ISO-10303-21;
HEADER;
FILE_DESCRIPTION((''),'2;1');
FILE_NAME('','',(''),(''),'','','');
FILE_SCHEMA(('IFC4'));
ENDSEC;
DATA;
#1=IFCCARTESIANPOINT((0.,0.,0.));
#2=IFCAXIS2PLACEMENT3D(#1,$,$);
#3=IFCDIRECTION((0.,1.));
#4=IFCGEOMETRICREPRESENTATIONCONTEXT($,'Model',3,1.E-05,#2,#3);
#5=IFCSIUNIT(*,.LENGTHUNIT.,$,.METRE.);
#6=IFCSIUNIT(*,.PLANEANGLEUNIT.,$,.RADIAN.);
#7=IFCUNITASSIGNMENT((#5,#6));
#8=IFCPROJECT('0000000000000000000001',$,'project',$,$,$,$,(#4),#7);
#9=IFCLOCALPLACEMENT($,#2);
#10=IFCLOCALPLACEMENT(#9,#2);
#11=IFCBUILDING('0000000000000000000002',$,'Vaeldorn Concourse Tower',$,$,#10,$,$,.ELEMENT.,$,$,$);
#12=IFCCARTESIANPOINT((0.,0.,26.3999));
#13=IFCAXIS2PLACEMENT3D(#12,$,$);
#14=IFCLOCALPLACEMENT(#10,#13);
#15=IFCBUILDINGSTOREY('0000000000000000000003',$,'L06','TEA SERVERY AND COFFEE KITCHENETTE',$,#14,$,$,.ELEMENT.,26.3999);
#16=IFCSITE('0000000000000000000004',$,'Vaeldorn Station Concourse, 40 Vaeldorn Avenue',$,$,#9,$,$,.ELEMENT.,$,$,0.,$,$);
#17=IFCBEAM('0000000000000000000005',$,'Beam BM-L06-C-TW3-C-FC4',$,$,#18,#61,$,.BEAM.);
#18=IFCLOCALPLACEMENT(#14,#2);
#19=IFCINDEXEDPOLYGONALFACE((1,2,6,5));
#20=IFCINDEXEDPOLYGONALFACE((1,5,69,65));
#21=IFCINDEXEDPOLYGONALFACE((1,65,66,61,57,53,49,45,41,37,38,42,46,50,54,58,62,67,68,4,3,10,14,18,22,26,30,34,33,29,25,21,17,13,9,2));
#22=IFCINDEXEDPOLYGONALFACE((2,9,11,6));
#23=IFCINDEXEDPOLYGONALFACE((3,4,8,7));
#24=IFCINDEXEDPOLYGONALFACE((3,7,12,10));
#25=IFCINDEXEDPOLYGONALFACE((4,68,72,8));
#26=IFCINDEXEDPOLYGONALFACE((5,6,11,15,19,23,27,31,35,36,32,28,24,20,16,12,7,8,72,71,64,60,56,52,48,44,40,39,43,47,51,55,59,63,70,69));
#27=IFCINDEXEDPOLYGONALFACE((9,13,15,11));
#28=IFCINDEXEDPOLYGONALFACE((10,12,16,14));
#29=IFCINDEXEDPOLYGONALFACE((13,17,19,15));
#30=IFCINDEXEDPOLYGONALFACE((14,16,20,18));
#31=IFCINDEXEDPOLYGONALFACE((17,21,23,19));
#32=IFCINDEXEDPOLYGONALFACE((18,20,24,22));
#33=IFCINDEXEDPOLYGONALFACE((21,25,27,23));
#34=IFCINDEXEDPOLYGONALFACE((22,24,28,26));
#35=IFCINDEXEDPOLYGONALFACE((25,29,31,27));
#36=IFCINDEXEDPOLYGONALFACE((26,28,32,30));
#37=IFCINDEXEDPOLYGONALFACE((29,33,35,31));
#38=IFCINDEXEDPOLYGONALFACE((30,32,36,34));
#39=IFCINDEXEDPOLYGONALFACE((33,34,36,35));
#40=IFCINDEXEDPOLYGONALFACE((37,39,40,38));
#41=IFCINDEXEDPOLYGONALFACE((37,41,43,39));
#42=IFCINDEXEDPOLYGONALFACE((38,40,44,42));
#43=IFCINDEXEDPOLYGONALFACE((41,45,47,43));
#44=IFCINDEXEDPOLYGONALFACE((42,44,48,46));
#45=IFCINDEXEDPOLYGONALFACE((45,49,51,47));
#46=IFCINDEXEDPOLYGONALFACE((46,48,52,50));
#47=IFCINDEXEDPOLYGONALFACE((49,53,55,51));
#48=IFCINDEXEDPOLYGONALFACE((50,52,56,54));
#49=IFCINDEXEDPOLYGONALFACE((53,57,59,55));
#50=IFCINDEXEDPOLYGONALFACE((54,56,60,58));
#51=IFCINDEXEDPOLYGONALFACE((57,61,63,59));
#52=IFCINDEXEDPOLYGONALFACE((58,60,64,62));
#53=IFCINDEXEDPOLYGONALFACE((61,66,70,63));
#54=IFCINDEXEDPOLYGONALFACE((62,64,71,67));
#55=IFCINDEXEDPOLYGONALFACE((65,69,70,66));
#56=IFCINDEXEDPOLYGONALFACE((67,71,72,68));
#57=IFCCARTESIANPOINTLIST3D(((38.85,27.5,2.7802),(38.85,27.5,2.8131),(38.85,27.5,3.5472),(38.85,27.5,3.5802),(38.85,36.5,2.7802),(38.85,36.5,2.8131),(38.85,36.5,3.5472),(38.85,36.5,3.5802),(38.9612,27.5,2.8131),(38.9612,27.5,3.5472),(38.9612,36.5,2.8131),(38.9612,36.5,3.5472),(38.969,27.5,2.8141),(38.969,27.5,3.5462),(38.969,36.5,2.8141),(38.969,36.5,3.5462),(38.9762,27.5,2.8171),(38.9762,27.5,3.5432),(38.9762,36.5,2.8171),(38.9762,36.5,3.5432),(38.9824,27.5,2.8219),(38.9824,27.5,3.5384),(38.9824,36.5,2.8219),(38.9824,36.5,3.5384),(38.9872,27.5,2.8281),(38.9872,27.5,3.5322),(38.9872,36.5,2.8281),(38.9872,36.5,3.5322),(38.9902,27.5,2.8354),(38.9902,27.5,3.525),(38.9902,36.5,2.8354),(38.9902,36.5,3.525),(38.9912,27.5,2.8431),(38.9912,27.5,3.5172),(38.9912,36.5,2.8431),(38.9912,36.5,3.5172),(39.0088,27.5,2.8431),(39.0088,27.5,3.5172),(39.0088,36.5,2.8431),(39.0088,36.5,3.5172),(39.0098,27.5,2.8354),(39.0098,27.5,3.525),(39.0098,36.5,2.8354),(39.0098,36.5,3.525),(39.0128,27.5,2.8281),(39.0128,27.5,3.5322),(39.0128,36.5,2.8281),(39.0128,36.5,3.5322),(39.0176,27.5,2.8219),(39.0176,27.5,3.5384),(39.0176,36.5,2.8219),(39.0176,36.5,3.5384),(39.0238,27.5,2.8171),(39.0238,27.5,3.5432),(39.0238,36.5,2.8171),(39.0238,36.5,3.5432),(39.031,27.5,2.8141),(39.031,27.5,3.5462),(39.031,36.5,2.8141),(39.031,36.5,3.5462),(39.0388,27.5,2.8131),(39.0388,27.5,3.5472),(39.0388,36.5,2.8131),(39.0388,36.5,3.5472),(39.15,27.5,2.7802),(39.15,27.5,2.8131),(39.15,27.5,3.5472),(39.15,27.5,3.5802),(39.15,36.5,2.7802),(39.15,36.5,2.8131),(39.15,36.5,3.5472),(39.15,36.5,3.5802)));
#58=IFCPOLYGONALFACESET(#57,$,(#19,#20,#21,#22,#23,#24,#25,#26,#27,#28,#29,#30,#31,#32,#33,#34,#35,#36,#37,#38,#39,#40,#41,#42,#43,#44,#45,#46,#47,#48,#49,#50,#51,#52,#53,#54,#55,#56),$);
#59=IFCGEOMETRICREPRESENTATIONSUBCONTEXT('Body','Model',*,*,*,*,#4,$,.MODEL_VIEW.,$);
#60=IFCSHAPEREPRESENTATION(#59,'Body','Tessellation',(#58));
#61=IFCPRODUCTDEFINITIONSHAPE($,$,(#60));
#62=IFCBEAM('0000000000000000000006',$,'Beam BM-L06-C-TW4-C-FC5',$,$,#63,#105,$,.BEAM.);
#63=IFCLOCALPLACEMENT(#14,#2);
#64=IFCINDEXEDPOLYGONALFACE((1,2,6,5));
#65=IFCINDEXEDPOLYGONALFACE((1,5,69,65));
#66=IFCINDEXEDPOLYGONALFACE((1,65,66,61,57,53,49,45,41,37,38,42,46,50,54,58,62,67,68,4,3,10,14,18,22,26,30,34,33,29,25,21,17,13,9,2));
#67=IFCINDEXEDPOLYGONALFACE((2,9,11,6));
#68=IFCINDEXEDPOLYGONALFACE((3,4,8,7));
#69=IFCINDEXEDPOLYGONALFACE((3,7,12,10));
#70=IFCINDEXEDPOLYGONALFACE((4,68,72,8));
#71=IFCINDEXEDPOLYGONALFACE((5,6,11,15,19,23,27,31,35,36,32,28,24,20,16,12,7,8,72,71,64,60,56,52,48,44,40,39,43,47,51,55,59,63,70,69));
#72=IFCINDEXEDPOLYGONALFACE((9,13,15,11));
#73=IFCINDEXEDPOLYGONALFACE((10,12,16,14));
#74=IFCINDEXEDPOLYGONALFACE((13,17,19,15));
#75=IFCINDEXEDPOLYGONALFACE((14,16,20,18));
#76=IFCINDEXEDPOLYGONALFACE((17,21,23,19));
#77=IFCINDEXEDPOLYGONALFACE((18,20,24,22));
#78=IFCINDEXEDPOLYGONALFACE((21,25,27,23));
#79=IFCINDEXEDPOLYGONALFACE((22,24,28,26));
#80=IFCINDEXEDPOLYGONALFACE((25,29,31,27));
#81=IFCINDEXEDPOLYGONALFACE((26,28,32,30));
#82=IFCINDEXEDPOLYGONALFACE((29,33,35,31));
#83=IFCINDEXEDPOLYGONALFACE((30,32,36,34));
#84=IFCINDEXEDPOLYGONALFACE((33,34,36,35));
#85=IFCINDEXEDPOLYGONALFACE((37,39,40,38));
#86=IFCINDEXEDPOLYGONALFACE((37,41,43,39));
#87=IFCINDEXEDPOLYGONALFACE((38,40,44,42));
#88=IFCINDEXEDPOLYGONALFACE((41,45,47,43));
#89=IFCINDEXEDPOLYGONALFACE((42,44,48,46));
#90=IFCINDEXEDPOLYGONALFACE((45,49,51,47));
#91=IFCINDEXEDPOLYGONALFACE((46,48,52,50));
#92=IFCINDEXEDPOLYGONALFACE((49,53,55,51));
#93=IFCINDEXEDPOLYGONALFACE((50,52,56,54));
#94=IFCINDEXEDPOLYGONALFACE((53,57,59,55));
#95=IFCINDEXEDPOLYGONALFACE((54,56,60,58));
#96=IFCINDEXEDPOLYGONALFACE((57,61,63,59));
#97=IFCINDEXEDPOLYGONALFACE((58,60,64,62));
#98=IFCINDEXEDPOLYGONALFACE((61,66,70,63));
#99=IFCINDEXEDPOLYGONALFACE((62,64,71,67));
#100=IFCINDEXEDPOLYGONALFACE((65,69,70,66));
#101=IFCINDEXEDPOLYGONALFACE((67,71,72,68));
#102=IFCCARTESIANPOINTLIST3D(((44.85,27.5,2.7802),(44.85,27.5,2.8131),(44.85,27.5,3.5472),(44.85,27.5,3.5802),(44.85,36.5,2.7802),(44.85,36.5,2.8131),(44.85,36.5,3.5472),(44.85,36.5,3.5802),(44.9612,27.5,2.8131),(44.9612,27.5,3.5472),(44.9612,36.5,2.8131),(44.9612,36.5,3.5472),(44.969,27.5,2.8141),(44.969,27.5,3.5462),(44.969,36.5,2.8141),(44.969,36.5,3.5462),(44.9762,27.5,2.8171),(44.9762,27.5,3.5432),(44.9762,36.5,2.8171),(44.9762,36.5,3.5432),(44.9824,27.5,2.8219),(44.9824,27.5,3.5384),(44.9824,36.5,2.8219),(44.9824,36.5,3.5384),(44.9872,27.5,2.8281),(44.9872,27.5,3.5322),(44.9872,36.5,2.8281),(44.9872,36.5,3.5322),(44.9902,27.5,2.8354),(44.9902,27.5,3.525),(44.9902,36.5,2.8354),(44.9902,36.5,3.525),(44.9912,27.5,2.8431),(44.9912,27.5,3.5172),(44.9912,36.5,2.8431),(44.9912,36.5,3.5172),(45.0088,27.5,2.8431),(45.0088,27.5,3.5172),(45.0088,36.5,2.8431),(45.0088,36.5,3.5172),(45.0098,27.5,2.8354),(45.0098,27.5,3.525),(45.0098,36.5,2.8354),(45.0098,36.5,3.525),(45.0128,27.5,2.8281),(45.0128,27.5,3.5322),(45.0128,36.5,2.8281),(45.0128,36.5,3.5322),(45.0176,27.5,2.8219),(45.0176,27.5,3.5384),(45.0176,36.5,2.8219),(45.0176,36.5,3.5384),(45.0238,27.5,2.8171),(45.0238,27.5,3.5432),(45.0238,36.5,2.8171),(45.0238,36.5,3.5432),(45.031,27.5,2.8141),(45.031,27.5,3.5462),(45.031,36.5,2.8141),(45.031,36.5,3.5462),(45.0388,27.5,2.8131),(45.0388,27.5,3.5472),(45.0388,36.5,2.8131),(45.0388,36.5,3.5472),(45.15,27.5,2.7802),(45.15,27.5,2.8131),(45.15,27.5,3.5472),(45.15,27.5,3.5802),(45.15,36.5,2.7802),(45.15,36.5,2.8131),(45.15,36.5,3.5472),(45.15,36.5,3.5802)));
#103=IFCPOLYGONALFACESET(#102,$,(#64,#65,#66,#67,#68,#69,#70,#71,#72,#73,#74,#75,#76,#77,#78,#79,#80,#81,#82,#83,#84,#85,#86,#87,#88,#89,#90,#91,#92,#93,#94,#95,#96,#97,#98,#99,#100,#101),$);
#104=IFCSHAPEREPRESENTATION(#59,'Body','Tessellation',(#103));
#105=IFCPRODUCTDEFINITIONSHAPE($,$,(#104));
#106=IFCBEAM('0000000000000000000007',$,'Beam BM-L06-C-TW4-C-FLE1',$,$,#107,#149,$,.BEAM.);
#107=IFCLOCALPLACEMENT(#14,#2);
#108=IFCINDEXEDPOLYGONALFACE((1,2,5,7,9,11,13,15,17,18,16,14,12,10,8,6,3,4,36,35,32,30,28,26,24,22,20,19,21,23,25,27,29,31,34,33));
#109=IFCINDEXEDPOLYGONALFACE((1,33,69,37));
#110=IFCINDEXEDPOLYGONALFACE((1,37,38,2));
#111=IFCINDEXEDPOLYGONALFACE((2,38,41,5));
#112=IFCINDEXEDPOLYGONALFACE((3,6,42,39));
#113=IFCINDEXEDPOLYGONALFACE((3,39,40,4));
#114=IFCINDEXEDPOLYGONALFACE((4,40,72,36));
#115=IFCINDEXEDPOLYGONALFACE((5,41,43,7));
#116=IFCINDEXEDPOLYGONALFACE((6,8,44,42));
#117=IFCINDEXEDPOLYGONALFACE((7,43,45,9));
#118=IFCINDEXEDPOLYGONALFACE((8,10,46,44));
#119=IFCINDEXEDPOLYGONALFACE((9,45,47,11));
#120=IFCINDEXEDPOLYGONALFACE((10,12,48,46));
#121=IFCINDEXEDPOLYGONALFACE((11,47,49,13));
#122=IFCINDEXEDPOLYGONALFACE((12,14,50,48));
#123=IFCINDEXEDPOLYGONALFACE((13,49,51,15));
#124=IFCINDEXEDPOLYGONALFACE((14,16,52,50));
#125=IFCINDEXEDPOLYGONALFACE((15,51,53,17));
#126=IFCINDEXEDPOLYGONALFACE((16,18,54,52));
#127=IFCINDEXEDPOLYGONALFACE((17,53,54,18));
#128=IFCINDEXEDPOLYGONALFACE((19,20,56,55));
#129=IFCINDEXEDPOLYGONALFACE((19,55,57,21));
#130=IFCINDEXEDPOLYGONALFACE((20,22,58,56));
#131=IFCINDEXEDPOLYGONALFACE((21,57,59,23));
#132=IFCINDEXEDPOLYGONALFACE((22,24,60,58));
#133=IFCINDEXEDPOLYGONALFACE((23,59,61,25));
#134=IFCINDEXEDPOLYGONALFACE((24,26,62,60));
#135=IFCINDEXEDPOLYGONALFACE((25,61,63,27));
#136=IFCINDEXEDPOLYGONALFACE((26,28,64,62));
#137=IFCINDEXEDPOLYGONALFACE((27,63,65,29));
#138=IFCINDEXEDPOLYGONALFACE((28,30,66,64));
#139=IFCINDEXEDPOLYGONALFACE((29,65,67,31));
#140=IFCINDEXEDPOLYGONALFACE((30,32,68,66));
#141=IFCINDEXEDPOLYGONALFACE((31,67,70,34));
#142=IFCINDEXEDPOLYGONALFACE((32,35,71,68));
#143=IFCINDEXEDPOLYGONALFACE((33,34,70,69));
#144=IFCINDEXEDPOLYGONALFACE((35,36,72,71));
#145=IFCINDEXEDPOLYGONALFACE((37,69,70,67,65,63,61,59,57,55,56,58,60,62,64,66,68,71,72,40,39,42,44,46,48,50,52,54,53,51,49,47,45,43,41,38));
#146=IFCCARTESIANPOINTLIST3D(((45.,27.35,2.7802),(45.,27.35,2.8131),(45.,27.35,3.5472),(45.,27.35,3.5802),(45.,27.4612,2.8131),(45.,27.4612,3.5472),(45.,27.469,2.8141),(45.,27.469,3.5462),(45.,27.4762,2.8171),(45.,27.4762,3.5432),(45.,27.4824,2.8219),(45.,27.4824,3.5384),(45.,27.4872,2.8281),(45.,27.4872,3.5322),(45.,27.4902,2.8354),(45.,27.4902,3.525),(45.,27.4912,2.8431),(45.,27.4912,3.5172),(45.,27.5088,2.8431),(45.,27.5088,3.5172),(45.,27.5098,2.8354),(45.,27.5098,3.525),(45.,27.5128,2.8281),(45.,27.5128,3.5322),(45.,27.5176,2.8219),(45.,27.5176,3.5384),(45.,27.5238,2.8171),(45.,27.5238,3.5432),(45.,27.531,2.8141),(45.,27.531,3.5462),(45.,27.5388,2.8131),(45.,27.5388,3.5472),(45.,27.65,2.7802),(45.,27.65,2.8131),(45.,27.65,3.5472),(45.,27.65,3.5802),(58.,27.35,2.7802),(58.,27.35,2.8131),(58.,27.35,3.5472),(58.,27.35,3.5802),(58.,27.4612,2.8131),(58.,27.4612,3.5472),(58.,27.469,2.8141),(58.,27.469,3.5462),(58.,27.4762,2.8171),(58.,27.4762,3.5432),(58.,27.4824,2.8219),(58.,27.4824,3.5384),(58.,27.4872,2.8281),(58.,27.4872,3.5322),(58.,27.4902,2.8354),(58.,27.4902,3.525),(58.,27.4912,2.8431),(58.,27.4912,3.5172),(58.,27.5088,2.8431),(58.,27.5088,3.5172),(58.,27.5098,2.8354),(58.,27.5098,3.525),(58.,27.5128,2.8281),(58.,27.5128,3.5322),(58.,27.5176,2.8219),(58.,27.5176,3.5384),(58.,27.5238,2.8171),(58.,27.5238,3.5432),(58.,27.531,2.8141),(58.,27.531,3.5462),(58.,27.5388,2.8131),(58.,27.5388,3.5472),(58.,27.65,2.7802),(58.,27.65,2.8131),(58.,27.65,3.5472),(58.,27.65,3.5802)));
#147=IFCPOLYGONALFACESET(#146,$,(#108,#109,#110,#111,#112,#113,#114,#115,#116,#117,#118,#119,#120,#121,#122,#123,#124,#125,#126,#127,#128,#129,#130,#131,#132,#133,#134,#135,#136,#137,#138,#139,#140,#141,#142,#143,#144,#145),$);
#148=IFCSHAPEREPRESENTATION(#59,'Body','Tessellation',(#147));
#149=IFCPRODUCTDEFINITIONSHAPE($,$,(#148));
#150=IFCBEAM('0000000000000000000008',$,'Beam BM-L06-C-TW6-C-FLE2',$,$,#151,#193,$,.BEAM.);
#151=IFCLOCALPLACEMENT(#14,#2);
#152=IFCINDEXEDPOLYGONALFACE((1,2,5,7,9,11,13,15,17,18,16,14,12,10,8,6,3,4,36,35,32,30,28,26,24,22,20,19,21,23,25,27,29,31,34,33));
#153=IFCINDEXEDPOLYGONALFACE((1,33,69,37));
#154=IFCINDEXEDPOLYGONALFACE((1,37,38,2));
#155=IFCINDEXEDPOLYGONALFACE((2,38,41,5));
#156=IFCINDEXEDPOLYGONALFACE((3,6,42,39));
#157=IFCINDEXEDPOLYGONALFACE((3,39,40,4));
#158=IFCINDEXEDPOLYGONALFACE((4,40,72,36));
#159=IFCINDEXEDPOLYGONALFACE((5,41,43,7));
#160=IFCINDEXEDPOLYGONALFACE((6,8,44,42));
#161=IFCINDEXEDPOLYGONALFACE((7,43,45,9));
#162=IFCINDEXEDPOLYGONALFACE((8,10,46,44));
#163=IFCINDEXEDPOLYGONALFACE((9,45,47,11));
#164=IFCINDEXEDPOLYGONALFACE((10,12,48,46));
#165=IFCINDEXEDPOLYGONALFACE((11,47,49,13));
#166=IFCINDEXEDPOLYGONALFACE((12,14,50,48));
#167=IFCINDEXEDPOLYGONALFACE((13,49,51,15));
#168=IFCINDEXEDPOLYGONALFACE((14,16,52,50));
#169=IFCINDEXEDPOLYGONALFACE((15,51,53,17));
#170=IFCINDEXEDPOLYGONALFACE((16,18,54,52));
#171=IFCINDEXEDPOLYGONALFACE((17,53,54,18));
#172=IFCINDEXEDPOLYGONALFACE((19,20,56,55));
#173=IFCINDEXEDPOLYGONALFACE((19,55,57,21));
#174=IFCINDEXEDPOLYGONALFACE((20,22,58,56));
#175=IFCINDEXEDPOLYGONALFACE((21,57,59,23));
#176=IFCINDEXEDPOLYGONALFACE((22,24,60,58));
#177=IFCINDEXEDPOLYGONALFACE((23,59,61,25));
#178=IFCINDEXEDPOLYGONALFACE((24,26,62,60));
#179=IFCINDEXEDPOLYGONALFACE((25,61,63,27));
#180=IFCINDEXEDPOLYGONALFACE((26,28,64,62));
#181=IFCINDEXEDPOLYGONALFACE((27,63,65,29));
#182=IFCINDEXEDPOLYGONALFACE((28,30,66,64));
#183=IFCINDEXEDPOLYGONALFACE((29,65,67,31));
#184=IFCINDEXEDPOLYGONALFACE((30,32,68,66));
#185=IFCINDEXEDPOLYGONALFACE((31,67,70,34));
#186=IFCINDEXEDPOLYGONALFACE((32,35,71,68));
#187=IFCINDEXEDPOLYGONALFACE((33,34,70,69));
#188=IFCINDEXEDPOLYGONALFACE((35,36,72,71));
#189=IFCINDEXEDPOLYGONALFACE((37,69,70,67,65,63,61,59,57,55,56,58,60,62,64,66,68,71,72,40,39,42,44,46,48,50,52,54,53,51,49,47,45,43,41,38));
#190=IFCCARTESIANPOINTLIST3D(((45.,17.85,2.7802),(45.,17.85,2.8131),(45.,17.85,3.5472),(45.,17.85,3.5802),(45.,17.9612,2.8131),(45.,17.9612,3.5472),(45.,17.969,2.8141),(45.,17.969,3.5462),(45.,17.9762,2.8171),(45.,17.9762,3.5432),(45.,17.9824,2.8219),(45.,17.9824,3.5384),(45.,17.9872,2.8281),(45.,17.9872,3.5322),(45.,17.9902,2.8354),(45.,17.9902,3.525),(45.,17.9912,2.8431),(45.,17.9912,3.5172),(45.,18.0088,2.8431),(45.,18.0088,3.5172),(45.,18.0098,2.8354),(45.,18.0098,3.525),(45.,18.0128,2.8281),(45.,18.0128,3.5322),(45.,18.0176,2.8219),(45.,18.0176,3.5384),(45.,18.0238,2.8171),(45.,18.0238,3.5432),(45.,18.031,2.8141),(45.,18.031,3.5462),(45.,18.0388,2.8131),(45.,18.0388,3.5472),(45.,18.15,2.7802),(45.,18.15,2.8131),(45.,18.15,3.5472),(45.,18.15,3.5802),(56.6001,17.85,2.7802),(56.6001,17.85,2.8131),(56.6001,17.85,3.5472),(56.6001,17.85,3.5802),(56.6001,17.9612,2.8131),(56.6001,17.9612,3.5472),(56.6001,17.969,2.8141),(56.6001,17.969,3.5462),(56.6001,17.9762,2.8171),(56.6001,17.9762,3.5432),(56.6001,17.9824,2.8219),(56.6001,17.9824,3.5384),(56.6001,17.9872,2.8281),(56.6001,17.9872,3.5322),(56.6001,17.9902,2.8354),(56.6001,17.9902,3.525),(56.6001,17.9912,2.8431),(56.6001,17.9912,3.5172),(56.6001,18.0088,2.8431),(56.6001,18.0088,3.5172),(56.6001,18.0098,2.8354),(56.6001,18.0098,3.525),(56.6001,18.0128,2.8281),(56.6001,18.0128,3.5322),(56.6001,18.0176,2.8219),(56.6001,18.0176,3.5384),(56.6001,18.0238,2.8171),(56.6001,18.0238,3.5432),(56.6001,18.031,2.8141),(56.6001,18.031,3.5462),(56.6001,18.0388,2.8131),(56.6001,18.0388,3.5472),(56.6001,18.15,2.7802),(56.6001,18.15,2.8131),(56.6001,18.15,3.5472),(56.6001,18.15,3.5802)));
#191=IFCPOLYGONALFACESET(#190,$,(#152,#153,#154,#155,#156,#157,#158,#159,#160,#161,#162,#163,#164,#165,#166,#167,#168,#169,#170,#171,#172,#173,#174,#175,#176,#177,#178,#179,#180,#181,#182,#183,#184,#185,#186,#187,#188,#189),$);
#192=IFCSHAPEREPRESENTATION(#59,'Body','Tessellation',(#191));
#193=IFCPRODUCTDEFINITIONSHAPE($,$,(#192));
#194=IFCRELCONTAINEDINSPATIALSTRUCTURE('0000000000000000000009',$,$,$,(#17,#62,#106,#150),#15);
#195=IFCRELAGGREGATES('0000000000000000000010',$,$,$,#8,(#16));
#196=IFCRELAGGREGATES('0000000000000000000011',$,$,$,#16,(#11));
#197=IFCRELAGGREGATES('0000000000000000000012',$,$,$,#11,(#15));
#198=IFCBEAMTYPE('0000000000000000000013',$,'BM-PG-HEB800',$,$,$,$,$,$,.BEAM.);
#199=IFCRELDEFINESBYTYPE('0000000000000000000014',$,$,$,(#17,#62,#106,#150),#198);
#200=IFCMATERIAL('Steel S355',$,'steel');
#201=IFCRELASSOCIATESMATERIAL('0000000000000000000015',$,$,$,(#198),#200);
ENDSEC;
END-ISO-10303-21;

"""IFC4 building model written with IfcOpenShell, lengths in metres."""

from ifc_helpers import new_model, si_unit, direction, frame, origin, origin_2d, place, context, subcontext, project, spatial, i_section, extrude, source, transform, mapped, material, material_profile, profile_set, type_object, element, save


model = new_model("IFC4")

# Units and contexts
model_context = context("Model", 3, precision=1e-05, world=origin(), true_north=direction((0.0, 1.0)))
body_context = subcontext(model_context, "Body", "Model", "MODEL_VIEW")
ifc_project = project(units=[si_unit("LENGTHUNIT", "METRE"), si_unit("PLANEANGLEUNIT", "RADIAN")], contexts=[model_context])

# Site, building, storey
site_placement = place(None, origin())
site = spatial("IfcSite", under=ifc_project, at=site_placement, Name="Vaeldorn Station Concourse, 40 Vaeldorn Avenue", CompositionType="ELEMENT", RefElevation=0.0)
building_placement = place(site_placement, origin())
building = spatial("IfcBuilding", under=site, at=building_placement, Name="Vaeldorn Concourse Tower", CompositionType="ELEMENT")
storey_placement = place(building_placement, frame((0.0, 0.0, 26.3999)))
storey = spatial("IfcBuildingStorey", under=building, at=storey_placement, Name="L06", Description="TEA SERVERY AND COFFEE KITCHENETTE", CompositionType="ELEMENT", Elevation=26.3999)

# Beams
ifc_material_1 = material(Name="Steel S355", Category="steel")
ifc_material_profile_1 = material_profile(ifc_material_1, i_section(OverallWidth=0.3, OverallDepth=0.8, WebThickness=0.0176, FlangeThickness=0.033, FilletRadius=0.03, at=origin_2d()), Name="HEB 800")
ifc_profile_set_1 = profile_set([ifc_material_profile_1], Name="Steel S355")
beam_type_1 = type_object("IfcBeamType", Name="BM-PG-HEB800", PredefinedType="BEAM", material=ifc_profile_set_1)
shared_shape_1 = source(origin(), body_context, "Body", "SweptSolid", [
    extrude(i_section(OverallWidth=0.3, OverallDepth=0.8, WebThickness=0.0176, FlangeThickness=0.033, FilletRadius=0.03, at=origin_2d()), origin(), (0.0, 0.0, 1.0), 9.0),
])
for number, where, z_axis, x_axis, name in (
    (1, (39.0, 27.5, 3.1802), (0.0, 1.0, 0.0), (-1.0, 0.0, 0.0), "Beam BM-L06-C-TW3-C-FC4"),
    (2, (45.0, 27.5, 3.1802), (0.0, 1.0, 0.0), (-1.0, 0.0, 0.0), "Beam BM-L06-C-TW4-C-FC5"),
):
    element("IfcBeam", number, at=place(storey_placement, frame(where, z_axis=z_axis, x_axis=x_axis)), inside=storey, type_object=beam_type_1, Name=name, PredefinedType="BEAM", context=body_context, shape_type="MappedRepresentation", body=[
        mapped(shared_shape_1, transform((0.0, 0.0, 0.0), scale=1.0)),
    ])
shared_shape_2 = source(origin(), body_context, "Body", "SweptSolid", [
    extrude(i_section(OverallWidth=0.3, OverallDepth=0.8, WebThickness=0.0176, FlangeThickness=0.033, FilletRadius=0.03, at=origin_2d()), origin(), (0.0, 0.0, 1.0), 13.0),
])
beam_1_placement = place(storey_placement, frame((45.0, 27.5, 3.1802), z_axis=(1.0, 0.0, 0.0), x_axis=(0.0, 1.0, 0.0)))
element("IfcBeam", 3, at=beam_1_placement, inside=storey, type_object=beam_type_1, Name="Beam BM-L06-C-TW4-C-FLE1", PredefinedType="BEAM", context=body_context, shape_type="MappedRepresentation", body=[
    mapped(shared_shape_2, transform((0.0, 0.0, 0.0), scale=1.0)),
])
shared_shape_3 = source(origin(), body_context, "Body", "SweptSolid", [
    extrude(i_section(OverallWidth=0.3, OverallDepth=0.8, WebThickness=0.0176, FlangeThickness=0.033, FilletRadius=0.03, at=origin_2d()), origin(), (0.0, 0.0, 1.0), 11.6001),
])
beam_2_placement = place(storey_placement, frame((45.0, 18.0, 3.1802), z_axis=(1.0, 0.0, 0.0), x_axis=(0.0, 1.0, 0.0)))
element("IfcBeam", 4, at=beam_2_placement, inside=storey, type_object=beam_type_1, Name="Beam BM-L06-C-TW6-C-FLE2", PredefinedType="BEAM", context=body_context, shape_type="MappedRepresentation", body=[
    mapped(shared_shape_3, transform((0.0, 0.0, 0.0), scale=1.0)),
])

save(model, "model.ifc")
